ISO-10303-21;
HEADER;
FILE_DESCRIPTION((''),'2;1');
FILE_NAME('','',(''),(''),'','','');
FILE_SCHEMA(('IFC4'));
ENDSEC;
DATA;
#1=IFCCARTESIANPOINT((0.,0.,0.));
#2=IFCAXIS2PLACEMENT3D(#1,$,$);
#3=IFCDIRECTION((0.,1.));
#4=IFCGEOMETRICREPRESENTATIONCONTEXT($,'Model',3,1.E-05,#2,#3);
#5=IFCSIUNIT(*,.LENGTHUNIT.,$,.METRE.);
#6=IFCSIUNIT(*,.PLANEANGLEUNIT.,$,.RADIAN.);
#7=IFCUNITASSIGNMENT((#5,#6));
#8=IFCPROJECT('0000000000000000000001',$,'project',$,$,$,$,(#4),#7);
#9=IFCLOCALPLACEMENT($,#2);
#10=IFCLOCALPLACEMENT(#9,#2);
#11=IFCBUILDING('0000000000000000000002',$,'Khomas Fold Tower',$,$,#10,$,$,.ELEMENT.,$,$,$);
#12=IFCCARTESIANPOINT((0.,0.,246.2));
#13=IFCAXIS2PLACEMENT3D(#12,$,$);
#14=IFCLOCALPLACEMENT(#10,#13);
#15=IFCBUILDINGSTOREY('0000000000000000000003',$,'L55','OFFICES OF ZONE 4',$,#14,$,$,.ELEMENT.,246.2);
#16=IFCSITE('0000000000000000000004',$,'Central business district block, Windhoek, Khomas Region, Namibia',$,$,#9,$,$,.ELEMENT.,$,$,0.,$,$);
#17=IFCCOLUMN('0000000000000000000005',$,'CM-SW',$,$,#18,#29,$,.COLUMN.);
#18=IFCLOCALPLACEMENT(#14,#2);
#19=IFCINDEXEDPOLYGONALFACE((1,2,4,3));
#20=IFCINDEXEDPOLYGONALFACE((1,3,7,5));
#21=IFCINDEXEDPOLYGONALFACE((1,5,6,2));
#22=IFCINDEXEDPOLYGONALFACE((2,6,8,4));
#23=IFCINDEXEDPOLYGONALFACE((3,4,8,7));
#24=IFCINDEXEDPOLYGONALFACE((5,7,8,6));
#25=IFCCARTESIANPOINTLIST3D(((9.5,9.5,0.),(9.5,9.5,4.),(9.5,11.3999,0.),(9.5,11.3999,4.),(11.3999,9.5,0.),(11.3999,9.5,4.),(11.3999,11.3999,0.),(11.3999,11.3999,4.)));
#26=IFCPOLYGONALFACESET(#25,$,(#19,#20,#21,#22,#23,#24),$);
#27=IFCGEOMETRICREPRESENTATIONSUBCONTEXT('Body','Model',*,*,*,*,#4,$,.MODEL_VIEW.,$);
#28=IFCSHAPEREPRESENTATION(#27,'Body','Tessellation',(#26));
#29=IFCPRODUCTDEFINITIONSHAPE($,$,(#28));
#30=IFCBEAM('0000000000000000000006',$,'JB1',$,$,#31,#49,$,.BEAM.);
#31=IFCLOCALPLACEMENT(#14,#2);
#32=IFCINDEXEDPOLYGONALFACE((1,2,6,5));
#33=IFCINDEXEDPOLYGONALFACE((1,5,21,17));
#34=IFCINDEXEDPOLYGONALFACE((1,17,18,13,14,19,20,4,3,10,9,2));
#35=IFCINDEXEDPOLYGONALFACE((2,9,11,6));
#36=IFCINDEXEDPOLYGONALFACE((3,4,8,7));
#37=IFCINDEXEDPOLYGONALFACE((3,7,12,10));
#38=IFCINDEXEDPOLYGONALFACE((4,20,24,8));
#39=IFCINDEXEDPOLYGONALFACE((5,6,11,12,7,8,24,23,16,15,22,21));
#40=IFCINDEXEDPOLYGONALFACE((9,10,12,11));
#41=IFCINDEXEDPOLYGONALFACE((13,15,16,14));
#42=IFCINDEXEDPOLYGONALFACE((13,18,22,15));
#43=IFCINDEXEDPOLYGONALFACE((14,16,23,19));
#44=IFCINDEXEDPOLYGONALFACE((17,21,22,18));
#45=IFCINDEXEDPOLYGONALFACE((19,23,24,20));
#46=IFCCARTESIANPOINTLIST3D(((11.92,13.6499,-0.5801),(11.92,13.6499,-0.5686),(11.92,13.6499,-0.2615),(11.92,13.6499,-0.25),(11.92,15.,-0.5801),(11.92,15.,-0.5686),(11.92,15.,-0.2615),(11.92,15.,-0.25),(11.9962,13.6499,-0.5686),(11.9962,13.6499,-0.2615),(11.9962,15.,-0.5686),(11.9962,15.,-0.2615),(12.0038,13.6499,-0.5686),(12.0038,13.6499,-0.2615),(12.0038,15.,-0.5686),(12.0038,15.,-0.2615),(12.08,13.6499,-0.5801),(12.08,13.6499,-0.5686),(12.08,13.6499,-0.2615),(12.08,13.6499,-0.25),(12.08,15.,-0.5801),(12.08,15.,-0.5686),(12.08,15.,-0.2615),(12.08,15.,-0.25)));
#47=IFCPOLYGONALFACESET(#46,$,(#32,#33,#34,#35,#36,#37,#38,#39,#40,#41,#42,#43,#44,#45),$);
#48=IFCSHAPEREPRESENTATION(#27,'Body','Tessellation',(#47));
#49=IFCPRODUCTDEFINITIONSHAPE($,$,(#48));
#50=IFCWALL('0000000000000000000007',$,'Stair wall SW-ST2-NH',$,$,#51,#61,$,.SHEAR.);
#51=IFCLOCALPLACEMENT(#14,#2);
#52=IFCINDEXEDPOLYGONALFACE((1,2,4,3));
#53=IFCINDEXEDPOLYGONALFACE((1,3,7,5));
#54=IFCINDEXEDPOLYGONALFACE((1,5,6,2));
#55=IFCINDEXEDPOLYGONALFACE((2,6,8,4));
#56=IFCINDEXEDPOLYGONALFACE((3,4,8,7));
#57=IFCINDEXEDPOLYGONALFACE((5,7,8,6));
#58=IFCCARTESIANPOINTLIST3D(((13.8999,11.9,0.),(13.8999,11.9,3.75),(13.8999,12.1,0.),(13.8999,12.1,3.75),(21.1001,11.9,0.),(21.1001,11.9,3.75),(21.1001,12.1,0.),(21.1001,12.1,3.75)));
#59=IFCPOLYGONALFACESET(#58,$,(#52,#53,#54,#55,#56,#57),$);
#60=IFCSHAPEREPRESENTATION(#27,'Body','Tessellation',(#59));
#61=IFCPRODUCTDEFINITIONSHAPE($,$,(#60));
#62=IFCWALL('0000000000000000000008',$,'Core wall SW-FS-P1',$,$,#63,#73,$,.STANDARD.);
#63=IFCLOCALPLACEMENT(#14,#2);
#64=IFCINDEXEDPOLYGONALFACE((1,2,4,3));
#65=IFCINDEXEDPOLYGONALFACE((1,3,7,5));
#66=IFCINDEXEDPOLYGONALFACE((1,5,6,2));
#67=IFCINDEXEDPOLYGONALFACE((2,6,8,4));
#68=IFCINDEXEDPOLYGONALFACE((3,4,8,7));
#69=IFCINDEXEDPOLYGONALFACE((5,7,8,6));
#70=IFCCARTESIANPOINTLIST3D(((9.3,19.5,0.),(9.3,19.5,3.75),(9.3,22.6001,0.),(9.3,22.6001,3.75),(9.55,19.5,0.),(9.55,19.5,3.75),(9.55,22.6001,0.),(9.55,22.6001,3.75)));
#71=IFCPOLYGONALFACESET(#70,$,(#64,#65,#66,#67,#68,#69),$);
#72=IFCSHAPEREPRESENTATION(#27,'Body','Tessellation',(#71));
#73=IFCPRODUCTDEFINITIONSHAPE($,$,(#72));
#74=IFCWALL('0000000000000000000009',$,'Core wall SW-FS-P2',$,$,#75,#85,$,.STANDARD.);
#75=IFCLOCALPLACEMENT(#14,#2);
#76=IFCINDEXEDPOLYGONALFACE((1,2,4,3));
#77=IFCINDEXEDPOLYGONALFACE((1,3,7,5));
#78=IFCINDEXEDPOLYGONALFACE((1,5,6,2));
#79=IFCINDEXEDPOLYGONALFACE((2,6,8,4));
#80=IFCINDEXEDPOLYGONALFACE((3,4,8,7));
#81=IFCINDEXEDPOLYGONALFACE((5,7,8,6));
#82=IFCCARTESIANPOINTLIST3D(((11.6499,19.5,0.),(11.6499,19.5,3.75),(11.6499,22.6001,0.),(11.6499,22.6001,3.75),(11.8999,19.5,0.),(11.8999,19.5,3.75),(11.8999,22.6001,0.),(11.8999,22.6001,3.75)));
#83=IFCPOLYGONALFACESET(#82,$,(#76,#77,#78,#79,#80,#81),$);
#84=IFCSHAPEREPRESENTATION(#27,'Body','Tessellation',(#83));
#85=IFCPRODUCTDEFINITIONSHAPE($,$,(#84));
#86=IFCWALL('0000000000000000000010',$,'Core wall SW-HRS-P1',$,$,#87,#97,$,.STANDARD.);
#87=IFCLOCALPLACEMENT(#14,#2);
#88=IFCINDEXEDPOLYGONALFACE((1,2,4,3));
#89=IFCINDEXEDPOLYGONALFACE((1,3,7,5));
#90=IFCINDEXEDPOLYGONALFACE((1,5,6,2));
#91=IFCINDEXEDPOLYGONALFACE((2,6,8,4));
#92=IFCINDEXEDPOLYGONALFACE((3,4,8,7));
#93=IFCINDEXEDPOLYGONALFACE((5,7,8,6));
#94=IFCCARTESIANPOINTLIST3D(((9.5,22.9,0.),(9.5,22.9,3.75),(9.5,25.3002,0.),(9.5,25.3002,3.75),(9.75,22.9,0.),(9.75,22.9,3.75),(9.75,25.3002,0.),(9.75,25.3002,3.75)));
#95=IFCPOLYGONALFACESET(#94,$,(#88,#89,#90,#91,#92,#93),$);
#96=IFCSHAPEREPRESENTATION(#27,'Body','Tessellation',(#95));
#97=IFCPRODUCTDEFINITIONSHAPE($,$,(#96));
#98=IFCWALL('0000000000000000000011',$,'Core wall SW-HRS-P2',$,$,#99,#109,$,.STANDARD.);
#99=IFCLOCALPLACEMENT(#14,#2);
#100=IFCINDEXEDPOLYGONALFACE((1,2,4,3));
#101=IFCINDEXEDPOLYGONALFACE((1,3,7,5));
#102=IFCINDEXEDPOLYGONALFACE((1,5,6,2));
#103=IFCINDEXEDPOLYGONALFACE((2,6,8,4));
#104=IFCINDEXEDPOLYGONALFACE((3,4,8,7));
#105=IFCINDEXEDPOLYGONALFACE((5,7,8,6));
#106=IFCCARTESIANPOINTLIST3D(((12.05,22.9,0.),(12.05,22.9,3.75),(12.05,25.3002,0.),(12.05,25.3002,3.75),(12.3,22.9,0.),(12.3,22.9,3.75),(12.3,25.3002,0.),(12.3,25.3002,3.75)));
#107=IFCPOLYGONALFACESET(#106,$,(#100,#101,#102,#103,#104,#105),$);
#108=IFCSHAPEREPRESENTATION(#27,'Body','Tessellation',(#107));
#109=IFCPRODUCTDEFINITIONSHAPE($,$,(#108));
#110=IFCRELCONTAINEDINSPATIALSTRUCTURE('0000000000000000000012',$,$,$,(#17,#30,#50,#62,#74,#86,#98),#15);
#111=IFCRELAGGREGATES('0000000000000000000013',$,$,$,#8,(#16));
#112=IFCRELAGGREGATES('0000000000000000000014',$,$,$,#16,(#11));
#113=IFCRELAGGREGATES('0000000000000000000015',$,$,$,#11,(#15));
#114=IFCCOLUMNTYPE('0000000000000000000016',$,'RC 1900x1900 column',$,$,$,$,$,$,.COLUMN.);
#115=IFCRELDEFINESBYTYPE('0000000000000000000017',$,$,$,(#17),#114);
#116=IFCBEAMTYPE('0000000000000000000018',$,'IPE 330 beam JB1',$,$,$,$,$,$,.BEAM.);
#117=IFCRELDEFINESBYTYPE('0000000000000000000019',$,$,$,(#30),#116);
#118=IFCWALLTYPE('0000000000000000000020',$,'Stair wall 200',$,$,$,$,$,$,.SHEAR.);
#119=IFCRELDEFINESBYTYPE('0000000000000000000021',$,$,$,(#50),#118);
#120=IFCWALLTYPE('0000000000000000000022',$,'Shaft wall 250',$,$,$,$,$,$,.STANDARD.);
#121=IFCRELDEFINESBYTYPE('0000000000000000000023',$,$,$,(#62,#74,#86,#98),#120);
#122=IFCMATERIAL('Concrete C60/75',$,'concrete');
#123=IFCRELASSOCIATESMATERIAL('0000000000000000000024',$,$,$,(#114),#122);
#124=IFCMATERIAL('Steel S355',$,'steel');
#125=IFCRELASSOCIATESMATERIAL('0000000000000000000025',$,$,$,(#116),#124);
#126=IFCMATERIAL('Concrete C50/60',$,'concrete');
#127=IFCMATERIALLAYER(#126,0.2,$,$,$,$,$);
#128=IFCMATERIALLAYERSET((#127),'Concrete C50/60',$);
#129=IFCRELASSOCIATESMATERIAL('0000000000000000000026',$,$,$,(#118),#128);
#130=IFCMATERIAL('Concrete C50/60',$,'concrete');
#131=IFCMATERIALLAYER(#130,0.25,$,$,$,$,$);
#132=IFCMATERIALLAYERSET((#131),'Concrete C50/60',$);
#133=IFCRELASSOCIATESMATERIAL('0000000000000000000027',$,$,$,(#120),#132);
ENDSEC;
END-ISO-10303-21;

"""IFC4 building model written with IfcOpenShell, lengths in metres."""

from ifc_helpers import new_model, si_unit, direction, frame, frame_2d, origin, origin_2d, place, context, subcontext, project, spatial, rectangle, i_section, extrude, source, transform, mapped, material, layer, layer_set, material_profile, profile_set, type_object, element, save


model = new_model("IFC4")

# Units and contexts
model_context = context("Model", 3, precision=1e-05, world=origin(), true_north=direction((0.0, 1.0)))
body_context = subcontext(model_context, "Body", "Model", "MODEL_VIEW")
ifc_project = project(units=[si_unit("LENGTHUNIT", "METRE"), si_unit("PLANEANGLEUNIT", "RADIAN")], contexts=[model_context])

# Site, building, storey
site_placement = place(None, origin())
site = spatial("IfcSite", under=ifc_project, at=site_placement, Name="Central business district block, Windhoek, Khomas Region, Namibia", CompositionType="ELEMENT", RefElevation=0.0)
building_placement = place(site_placement, origin())
building = spatial("IfcBuilding", under=site, at=building_placement, Name="Khomas Fold Tower", CompositionType="ELEMENT")
storey_placement = place(building_placement, frame((0.0, 0.0, 246.2)))
storey = spatial("IfcBuildingStorey", under=building, at=storey_placement, Name="L55", Description="OFFICES OF ZONE 4", CompositionType="ELEMENT", Elevation=246.2)

# Column
ifc_material_1 = material(Name="Concrete C60/75", Category="concrete")
ifc_material_profile_1 = material_profile(ifc_material_1, rectangle(XDim=1.8999, YDim=1.8999, at=origin_2d()), Name="RC 1900x1900")
ifc_profile_set_1 = profile_set([ifc_material_profile_1], Name="Concrete C60/75")
column_type = type_object("IfcColumnType", Name="RC 1900x1900 column", PredefinedType="COLUMN", material=ifc_profile_set_1)
shared_shape_1 = source(origin(), body_context, "Body", "SweptSolid", [
    extrude(rectangle(XDim=1.8999, YDim=1.8999, at=origin_2d()), origin(), (0.0, 0.0, 1.0), 4.0),
])
column_placement = place(storey_placement, frame((10.45, 10.45, 0.0), z_axis=(0.0, 0.0, 1.0), x_axis=(1.0, 0.0, 0.0)))
element("IfcColumn", 1, at=column_placement, inside=storey, type_object=column_type, Name="CM-SW", PredefinedType="COLUMN", context=body_context, shape_type="MappedRepresentation", body=[
    mapped(shared_shape_1, transform((0.0, 0.0, 0.0))),
])

# Beam
ifc_material_2 = material(Name="Steel S355", Category="steel")
ifc_material_profile_2 = material_profile(ifc_material_2, i_section(OverallWidth=0.1599, OverallDepth=0.3301, WebThickness=0.0076, FlangeThickness=0.0115, at=origin_2d()), Name="IPE 330")
ifc_profile_set_2 = profile_set([ifc_material_profile_2], Name="Steel S355")
beam_type = type_object("IfcBeamType", Name="IPE 330 beam JB1", PredefinedType="BEAM", material=ifc_profile_set_2)
shared_shape_2 = source(origin(), body_context, "Body", "SweptSolid", [
    extrude(i_section(OverallWidth=0.1599, OverallDepth=0.3301, WebThickness=0.0076, FlangeThickness=0.0115, at=origin_2d()), origin(), (0.0, 0.0, 1.0), 1.3501),
])
beam_placement = place(storey_placement, frame((12.0, 13.6499, -0.415), z_axis=(0.0, 1.0, 0.0), x_axis=(-1.0, 0.0, 0.0)))
element("IfcBeam", 2, at=beam_placement, inside=storey, type_object=beam_type, Name="JB1", PredefinedType="BEAM", context=body_context, shape_type="MappedRepresentation", body=[
    mapped(shared_shape_2, transform((0.0, 0.0, 0.0))),
])

# Walls
ifc_material_3 = material(Name="Concrete C50/60", Category="concrete")
ifc_layer_1 = layer(ifc_material_3, 0.2)
ifc_layer_set_1 = layer_set([ifc_layer_1], Name="Concrete C50/60")
wall_type_1 = type_object("IfcWallType", Name="Stair wall 200", PredefinedType="SHEAR", material=ifc_layer_set_1)
shared_shape_3 = source(origin(), body_context, "Body", "SweptSolid", [
    extrude(rectangle(XDim=7.2002, YDim=0.2, at=frame_2d((3.6001, 0.0))), origin(), (0.0, 0.0, 1.0), 3.75),
])
wall_1_placement = place(storey_placement, frame((13.8999, 12.0, 0.0), z_axis=(0.0, 0.0, 1.0), x_axis=(1.0, 0.0, 0.0)))
element("IfcWall", 3, at=wall_1_placement, inside=storey, type_object=wall_type_1, Name="Stair wall SW-ST2-NH", PredefinedType="SHEAR", context=body_context, shape_type="MappedRepresentation", body=[
    mapped(shared_shape_3, transform((0.0, 0.0, 0.0))),
])
ifc_material_4 = material(Name="Concrete C50/60", Category="concrete")
ifc_layer_2 = layer(ifc_material_4, 0.25)
ifc_layer_set_2 = layer_set([ifc_layer_2], Name="Concrete C50/60")
wall_type_2 = type_object("IfcWallType", Name="Shaft wall 250", PredefinedType="STANDARD", material=ifc_layer_set_2)
shared_shape_4 = source(origin(), body_context, "Body", "SweptSolid", [
    extrude(rectangle(XDim=3.1001, YDim=0.25, at=frame_2d((1.55, 0.0))), origin(), (0.0, 0.0, 1.0), 3.75),
])
for number, where, z_axis, x_axis, name in (
    (4, (9.425, 19.5, 0.0), (0.0, 0.0, 1.0), (0.0, 1.0, 0.0), "Core wall SW-FS-P1"),
    (5, (11.7749, 19.5, 0.0), (0.0, 0.0, 1.0), (0.0, 1.0, 0.0), "Core wall SW-FS-P2"),
):
    element("IfcWall", number, at=place(storey_placement, frame(where, z_axis=z_axis, x_axis=x_axis)), inside=storey, type_object=wall_type_2, Name=name, PredefinedType="STANDARD", context=body_context, shape_type="MappedRepresentation", body=[
        mapped(shared_shape_4, transform((0.0, 0.0, 0.0))),
    ])
shared_shape_5 = source(origin(), body_context, "Body", "SweptSolid", [
    extrude(rectangle(XDim=2.4001, YDim=0.25, at=frame_2d((1.2002, 0.0))), origin(), (0.0, 0.0, 1.0), 3.75),
])
for number, where, z_axis, x_axis, name in (
    (6, (9.625, 22.8999, 0.0), (0.0, 0.0, 1.0), (0.0, 1.0, 0.0), "Core wall SW-HRS-P1"),
    (7, (12.175, 22.8999, 0.0), (0.0, 0.0, 1.0), (0.0, 1.0, 0.0), "Core wall SW-HRS-P2"),
):
    element("IfcWall", number, at=place(storey_placement, frame(where, z_axis=z_axis, x_axis=x_axis)), inside=storey, type_object=wall_type_2, Name=name, PredefinedType="STANDARD", context=body_context, shape_type="MappedRepresentation", body=[
        mapped(shared_shape_5, transform((0.0, 0.0, 0.0))),
    ])

save(model, "model.ifc")
